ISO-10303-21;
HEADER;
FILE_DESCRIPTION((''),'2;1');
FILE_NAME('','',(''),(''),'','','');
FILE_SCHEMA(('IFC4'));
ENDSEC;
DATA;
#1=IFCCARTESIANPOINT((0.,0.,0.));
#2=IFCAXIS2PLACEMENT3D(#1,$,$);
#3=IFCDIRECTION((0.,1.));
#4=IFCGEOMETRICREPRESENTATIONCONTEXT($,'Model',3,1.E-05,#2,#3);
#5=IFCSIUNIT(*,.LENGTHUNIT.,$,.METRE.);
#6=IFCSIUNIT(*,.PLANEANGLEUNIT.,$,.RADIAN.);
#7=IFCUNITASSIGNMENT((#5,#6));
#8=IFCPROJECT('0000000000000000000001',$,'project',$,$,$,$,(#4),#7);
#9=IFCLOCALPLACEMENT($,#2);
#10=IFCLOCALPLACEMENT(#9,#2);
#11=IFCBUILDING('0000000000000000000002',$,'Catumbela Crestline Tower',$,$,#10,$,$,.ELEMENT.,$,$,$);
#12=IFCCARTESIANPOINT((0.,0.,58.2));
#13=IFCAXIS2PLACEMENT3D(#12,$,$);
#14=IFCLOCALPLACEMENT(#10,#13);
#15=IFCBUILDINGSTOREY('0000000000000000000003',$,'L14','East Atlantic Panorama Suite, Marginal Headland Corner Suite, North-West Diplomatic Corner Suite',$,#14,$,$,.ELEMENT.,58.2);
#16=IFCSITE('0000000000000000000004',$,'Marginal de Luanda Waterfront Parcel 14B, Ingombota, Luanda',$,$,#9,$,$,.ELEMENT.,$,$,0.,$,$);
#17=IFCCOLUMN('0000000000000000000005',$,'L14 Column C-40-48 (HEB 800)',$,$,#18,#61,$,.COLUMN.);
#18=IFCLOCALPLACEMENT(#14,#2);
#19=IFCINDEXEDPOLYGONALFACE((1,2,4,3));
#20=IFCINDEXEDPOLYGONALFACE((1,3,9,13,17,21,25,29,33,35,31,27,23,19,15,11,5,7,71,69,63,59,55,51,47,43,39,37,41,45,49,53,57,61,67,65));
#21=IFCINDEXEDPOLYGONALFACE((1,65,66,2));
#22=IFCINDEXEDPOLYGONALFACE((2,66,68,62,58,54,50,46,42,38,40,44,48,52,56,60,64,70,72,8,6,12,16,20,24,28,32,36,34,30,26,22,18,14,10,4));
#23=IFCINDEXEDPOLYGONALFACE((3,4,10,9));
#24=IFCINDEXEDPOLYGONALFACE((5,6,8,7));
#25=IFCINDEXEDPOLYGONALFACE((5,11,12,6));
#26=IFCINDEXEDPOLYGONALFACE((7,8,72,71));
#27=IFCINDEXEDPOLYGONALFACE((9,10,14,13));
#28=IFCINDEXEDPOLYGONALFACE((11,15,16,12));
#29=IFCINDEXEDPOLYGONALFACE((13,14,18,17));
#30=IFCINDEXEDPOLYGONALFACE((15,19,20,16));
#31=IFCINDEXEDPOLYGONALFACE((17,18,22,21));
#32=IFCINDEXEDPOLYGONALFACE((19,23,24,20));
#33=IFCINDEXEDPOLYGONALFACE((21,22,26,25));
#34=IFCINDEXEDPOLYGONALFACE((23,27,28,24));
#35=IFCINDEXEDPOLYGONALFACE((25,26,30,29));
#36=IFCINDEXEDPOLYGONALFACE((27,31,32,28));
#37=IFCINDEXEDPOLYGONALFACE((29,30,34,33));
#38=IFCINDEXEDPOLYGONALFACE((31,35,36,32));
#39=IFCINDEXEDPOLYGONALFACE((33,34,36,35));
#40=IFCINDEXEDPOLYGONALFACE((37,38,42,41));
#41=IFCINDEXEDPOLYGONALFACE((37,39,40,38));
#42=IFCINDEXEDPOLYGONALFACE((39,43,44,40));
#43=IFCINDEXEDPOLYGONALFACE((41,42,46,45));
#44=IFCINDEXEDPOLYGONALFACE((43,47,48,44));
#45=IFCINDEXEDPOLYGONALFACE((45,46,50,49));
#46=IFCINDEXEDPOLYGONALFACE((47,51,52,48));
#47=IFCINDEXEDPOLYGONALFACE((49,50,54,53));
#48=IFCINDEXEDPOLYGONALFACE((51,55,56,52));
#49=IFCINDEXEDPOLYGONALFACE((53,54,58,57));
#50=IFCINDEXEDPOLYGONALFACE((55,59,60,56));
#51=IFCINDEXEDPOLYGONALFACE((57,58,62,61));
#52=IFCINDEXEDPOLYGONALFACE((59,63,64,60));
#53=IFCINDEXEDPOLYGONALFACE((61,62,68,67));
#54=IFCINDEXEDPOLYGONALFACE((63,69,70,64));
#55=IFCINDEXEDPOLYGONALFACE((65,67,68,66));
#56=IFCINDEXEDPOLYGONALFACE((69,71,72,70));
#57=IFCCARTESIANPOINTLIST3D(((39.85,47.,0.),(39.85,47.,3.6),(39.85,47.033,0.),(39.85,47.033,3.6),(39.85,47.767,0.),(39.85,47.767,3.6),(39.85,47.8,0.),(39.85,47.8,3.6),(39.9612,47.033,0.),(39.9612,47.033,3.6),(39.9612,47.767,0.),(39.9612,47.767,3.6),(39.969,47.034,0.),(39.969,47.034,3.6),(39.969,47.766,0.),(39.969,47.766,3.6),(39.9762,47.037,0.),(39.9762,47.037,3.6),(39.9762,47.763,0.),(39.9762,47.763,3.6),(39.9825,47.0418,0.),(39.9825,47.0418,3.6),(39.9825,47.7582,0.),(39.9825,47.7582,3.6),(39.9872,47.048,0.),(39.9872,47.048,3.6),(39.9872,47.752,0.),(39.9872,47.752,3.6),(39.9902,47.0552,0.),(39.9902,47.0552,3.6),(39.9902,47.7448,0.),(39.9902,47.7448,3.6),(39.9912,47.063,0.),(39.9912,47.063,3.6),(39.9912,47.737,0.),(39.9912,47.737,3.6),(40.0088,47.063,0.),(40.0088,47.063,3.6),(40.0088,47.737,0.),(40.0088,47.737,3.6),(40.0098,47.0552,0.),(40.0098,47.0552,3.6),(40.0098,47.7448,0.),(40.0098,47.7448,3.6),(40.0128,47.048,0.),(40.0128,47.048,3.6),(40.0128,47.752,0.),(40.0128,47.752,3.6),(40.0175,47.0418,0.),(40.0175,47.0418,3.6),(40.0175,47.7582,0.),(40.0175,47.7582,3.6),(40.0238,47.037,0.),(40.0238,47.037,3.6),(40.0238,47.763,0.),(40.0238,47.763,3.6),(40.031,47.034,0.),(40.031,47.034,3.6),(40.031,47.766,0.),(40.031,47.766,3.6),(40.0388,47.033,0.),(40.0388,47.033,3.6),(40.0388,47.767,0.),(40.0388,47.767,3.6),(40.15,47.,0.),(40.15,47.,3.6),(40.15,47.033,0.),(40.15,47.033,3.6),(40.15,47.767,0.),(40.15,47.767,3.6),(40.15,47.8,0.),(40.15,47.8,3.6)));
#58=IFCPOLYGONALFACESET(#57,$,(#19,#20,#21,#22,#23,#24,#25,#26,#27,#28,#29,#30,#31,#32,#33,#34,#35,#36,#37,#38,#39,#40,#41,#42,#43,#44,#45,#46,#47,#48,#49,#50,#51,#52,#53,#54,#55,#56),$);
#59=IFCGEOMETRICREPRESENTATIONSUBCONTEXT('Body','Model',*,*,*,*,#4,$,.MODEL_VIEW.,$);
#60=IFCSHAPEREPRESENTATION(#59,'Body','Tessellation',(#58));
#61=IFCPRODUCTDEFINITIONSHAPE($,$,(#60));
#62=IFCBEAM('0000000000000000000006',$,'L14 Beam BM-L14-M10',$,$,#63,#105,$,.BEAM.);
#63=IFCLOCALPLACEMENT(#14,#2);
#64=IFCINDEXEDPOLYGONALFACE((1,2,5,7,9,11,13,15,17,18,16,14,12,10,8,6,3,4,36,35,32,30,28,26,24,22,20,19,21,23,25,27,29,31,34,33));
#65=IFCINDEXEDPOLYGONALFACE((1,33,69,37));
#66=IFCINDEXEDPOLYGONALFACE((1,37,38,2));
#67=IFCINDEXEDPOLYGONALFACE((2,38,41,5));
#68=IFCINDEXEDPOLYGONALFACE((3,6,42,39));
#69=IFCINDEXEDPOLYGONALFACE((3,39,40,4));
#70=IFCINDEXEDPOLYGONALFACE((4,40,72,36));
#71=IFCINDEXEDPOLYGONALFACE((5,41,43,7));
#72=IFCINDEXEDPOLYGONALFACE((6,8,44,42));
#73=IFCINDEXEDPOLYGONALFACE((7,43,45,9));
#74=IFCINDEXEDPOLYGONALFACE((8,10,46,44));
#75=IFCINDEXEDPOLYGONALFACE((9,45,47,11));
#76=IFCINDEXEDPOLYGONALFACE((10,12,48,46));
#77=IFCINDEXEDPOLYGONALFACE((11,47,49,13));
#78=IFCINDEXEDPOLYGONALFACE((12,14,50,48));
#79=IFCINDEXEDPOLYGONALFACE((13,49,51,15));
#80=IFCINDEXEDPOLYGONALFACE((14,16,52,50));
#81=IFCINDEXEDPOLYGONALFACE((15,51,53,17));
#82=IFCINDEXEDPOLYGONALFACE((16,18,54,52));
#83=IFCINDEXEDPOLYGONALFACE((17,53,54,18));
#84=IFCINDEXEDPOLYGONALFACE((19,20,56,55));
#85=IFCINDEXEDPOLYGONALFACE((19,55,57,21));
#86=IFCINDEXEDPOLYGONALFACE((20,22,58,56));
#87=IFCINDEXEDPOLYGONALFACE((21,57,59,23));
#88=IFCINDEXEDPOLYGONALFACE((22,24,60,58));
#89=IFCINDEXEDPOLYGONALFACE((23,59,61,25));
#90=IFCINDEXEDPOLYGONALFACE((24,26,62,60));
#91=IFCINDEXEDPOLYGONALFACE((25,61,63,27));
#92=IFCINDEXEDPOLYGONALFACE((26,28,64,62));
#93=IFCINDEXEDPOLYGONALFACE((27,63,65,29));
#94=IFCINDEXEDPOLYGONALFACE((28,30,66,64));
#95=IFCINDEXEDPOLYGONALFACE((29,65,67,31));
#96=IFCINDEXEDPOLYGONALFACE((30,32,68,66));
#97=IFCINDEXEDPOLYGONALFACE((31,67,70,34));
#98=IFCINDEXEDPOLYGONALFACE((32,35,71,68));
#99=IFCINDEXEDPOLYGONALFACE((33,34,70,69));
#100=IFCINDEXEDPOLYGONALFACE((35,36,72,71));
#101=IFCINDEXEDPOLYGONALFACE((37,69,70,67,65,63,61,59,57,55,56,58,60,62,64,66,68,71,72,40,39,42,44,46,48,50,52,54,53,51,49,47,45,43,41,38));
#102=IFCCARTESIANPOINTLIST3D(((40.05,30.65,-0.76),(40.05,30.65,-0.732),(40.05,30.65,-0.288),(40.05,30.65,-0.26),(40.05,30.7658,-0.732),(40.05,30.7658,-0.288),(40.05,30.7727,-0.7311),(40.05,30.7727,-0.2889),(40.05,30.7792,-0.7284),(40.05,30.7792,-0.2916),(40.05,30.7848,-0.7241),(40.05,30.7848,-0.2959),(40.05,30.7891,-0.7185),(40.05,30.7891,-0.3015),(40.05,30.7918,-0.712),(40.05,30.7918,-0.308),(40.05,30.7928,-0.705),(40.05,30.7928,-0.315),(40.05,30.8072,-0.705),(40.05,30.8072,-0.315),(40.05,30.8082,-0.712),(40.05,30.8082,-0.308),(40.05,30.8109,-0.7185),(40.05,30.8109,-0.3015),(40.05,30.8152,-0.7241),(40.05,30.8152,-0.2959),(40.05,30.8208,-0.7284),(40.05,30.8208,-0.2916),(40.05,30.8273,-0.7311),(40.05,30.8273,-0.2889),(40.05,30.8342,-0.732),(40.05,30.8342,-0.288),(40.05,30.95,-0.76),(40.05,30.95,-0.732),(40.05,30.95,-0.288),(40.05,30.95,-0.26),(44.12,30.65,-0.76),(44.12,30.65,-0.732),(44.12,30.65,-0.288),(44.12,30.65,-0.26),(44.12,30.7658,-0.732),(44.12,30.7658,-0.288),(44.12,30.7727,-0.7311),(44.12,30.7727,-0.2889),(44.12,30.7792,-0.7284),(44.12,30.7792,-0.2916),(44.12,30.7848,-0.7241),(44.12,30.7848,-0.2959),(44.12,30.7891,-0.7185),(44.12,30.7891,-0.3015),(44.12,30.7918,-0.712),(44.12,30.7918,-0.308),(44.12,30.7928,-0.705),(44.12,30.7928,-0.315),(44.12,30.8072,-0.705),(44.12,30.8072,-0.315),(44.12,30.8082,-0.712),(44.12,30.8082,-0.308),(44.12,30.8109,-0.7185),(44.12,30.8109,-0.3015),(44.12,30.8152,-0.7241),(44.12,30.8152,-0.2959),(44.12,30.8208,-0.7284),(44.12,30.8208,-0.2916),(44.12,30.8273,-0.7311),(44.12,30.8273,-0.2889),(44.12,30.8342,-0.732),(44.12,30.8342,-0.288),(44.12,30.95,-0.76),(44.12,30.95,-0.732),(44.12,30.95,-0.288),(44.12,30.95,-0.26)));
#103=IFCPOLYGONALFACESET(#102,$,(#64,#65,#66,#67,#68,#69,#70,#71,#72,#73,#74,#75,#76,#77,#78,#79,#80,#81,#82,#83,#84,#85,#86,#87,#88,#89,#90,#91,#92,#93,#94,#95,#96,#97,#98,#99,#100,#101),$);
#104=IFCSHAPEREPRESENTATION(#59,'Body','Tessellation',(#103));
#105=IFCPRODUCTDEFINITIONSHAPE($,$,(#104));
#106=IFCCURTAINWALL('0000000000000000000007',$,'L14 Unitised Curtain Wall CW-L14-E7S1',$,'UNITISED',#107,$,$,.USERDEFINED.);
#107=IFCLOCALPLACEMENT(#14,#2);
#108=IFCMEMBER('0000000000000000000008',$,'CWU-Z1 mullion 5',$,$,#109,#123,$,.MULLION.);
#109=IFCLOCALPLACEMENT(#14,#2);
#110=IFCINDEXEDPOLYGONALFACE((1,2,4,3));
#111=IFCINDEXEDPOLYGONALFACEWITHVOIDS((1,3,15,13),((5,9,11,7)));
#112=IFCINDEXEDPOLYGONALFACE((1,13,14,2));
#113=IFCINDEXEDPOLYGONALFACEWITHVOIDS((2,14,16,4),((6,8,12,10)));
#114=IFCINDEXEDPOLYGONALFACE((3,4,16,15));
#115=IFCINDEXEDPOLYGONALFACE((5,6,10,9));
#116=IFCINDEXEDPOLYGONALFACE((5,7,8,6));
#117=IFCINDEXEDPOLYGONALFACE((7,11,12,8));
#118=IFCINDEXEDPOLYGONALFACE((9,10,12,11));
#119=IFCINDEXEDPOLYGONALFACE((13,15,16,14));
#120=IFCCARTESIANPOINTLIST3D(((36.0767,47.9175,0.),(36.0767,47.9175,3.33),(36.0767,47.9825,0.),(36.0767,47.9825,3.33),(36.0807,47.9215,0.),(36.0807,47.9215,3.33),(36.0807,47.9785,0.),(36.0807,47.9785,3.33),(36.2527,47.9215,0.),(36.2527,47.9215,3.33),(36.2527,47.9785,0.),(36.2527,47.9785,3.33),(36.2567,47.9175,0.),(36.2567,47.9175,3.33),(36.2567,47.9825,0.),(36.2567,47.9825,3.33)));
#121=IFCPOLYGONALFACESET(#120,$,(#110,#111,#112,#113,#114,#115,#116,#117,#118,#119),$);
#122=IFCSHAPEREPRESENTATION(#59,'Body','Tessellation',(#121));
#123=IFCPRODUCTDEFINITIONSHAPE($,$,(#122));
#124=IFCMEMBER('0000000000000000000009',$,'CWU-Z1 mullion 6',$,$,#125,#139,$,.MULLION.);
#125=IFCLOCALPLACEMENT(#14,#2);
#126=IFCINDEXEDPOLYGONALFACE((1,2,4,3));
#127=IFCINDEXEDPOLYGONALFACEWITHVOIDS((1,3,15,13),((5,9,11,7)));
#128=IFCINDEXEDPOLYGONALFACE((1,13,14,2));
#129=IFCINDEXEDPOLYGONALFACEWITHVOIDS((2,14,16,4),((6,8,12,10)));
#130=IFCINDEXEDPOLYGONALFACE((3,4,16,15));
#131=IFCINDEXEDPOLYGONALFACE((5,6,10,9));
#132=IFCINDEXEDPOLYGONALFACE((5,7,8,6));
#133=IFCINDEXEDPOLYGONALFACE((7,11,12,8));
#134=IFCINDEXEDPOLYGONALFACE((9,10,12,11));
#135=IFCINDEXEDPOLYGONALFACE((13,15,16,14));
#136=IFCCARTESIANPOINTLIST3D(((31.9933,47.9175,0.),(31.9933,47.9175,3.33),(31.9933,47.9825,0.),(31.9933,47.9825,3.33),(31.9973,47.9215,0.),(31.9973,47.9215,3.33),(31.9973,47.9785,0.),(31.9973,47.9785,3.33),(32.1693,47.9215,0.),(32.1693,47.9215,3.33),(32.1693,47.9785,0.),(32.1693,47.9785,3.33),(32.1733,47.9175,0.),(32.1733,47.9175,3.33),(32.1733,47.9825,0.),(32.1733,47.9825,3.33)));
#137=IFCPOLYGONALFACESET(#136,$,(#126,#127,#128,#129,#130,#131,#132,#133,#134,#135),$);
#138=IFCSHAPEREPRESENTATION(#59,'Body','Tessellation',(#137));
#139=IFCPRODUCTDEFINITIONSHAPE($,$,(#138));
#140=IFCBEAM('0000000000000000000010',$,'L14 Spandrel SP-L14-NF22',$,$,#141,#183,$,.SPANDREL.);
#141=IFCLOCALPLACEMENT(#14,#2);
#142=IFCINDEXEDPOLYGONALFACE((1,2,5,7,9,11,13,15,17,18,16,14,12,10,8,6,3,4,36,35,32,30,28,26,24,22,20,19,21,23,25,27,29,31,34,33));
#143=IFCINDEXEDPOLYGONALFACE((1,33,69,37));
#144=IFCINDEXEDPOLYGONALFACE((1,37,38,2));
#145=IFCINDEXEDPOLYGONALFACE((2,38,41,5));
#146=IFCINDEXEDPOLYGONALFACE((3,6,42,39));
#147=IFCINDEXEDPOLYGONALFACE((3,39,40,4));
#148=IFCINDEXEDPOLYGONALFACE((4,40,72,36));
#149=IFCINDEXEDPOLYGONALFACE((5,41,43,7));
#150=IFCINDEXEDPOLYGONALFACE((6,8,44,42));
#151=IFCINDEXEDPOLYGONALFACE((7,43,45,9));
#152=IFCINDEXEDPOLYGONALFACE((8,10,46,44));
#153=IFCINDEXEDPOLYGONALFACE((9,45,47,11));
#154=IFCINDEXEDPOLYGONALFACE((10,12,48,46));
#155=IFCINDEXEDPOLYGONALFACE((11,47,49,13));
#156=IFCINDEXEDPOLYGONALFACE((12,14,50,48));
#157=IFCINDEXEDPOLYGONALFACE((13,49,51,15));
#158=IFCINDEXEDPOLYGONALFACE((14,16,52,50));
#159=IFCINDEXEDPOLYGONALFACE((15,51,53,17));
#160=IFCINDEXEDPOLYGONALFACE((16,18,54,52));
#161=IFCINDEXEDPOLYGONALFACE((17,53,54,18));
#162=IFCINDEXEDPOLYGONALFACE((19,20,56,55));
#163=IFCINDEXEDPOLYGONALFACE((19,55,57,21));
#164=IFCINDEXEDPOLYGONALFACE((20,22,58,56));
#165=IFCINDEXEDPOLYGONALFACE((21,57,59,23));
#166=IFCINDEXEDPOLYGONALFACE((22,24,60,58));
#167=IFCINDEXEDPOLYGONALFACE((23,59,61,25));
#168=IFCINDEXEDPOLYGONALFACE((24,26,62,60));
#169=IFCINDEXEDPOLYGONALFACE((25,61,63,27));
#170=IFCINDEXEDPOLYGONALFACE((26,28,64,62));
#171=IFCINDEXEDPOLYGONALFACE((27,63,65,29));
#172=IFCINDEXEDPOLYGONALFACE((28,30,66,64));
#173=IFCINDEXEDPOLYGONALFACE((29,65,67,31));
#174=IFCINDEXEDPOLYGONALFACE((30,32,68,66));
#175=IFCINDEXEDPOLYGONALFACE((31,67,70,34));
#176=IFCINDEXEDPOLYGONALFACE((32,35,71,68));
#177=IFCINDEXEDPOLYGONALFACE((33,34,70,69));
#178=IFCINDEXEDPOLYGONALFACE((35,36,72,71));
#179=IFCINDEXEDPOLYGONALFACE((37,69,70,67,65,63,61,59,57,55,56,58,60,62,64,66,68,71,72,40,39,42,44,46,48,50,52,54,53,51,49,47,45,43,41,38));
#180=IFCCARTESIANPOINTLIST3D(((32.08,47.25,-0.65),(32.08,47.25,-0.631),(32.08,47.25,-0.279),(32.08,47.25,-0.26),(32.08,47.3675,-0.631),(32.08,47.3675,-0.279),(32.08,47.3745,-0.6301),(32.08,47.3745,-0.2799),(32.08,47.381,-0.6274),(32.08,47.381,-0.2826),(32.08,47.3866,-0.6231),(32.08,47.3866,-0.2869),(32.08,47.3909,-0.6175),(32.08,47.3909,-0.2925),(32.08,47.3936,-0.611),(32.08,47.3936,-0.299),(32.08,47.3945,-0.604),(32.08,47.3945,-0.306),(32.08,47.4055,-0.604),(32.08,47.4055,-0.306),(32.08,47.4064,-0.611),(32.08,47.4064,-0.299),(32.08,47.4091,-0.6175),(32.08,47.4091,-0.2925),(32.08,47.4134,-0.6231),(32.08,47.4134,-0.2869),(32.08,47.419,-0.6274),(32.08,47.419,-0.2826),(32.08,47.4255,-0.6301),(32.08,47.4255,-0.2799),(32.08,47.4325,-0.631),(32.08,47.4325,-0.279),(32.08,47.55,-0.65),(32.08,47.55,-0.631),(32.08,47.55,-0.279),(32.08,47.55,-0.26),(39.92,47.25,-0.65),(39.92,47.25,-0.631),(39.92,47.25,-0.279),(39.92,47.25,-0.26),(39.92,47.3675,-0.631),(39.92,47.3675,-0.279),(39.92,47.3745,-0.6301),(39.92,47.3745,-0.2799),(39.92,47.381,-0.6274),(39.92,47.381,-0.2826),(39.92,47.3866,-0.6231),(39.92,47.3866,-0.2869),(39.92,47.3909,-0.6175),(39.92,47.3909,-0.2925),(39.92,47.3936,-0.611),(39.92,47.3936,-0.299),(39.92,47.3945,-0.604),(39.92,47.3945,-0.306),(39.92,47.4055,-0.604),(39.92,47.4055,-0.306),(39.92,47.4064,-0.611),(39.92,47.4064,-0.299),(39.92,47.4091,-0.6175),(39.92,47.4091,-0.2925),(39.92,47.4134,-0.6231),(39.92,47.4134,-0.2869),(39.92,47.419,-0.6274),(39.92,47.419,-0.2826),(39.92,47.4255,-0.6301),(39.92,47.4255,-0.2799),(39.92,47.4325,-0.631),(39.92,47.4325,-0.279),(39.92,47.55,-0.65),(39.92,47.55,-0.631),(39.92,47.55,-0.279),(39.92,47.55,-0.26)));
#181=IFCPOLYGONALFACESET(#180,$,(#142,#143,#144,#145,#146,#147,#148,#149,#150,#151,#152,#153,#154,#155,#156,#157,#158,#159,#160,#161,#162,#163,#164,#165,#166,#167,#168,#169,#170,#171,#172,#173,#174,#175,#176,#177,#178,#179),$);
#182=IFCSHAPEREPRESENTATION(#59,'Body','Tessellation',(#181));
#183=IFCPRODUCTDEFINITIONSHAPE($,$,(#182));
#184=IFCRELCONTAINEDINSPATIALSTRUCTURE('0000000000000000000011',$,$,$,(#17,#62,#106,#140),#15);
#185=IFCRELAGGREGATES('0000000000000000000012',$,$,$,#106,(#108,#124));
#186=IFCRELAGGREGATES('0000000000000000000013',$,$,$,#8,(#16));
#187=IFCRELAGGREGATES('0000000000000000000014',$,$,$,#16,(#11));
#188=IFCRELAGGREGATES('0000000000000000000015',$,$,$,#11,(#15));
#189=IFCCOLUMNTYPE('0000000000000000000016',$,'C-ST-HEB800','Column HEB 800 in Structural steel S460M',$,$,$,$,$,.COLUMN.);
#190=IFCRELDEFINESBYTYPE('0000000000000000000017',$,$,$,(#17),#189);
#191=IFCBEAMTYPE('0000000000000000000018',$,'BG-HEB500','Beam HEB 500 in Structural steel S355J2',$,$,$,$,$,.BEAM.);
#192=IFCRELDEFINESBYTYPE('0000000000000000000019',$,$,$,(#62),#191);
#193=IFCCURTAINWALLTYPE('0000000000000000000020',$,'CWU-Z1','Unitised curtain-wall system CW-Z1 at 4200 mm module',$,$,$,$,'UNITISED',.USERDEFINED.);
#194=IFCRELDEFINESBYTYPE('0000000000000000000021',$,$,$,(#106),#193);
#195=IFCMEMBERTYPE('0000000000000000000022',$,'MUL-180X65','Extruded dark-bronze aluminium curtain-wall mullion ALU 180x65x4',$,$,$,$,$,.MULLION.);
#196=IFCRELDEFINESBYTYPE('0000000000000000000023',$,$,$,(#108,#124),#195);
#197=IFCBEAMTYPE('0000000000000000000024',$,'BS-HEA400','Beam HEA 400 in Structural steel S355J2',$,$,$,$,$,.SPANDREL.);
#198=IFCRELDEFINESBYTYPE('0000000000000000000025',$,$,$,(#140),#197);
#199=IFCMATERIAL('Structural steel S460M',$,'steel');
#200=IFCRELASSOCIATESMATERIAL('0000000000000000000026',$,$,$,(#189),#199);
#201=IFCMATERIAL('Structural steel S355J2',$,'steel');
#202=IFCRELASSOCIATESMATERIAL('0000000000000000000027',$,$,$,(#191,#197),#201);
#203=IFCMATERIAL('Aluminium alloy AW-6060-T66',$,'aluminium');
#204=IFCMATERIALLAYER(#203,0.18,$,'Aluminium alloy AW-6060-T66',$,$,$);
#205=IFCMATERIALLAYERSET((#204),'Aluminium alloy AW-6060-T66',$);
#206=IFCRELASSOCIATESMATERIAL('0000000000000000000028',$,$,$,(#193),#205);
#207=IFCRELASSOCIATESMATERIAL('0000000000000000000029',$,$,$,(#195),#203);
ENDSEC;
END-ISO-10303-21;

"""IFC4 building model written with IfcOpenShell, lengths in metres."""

from ifc_helpers import new_model, si_unit, direction, frame, origin, origin_2d, place, context, subcontext, project, spatial, hollow_rectangle, i_section, extrude, material, layer, layer_set, material_profile, profile_set, type_object, element, aggregate, save


model = new_model("IFC4")

# Units and contexts
model_context = context("Model", 3, precision=1e-05, world=origin(), true_north=direction((0.0, 1.0)))
body_context = subcontext(model_context, "Body", "Model", "MODEL_VIEW")
ifc_project = project(units=[si_unit("LENGTHUNIT", "METRE"), si_unit("PLANEANGLEUNIT", "RADIAN")], contexts=[model_context])

# Site, building, storey
site_placement = place(None, origin())
site = spatial("IfcSite", under=ifc_project, at=site_placement, Name="Marginal de Luanda Waterfront Parcel 14B, Ingombota, Luanda", CompositionType="ELEMENT", RefElevation=0.0)
building_placement = place(site_placement, origin())
building = spatial("IfcBuilding", under=site, at=building_placement, Name="Catumbela Crestline Tower", CompositionType="ELEMENT")
storey_placement = place(building_placement, frame((0.0, 0.0, 58.2)))
storey = spatial("IfcBuildingStorey", under=building, at=storey_placement, Name="L14", Description="East Atlantic Panorama Suite, Marginal Headland Corner Suite, North-West Diplomatic Corner Suite", CompositionType="ELEMENT", Elevation=58.2)

# Column
ifc_material_1 = material(Name="Structural steel S460M", Category="steel")
ifc_material_profile_1 = material_profile(ifc_material_1, i_section(OverallWidth=0.3, OverallDepth=0.8, WebThickness=0.0175, FlangeThickness=0.033, FilletRadius=0.03, at=origin_2d()), Name="HEB 800")
ifc_profile_set_1 = profile_set([ifc_material_profile_1], Name="Structural steel S460M")
column_type = type_object("IfcColumnType", Name="C-ST-HEB800", Description="Column HEB 800 in Structural steel S460M", PredefinedType="COLUMN", material=ifc_profile_set_1)
column_placement = place(storey_placement, frame((40.0, 47.4, 0.0), z_axis=(0.0, 0.0, 1.0), x_axis=(1.0, 0.0, 0.0)))
element("IfcColumn", 1, at=column_placement, inside=storey, type_object=column_type, Name="L14 Column C-40-48 (HEB 800)", PredefinedType="COLUMN", context=body_context, shape_type="SweptSolid", body=[
    extrude(i_section(OverallWidth=0.3, OverallDepth=0.8, WebThickness=0.0175, FlangeThickness=0.033, FilletRadius=0.03, at=origin_2d()), origin(), (0.0, 0.0, 1.0), 3.6),
])

# Beam
ifc_material_2 = material(Name="Structural steel S355J2", Category="steel")
ifc_material_profile_2 = material_profile(ifc_material_2, i_section(OverallWidth=0.3, OverallDepth=0.5, WebThickness=0.0145, FlangeThickness=0.028, FilletRadius=0.027, at=origin_2d()), Name="HEB 500")
ifc_profile_set_2 = profile_set([ifc_material_profile_2], Name="Structural steel S355J2")
beam_type_1 = type_object("IfcBeamType", Name="BG-HEB500", Description="Beam HEB 500 in Structural steel S355J2", PredefinedType="BEAM", material=ifc_profile_set_2)
beam_1_placement = place(storey_placement, frame((40.05, 30.8, -0.51), z_axis=(1.0, 0.0, 0.0), x_axis=(0.0, 1.0, 0.0)))
element("IfcBeam", 2, at=beam_1_placement, inside=storey, type_object=beam_type_1, Name="L14 Beam BM-L14-M10", PredefinedType="BEAM", context=body_context, shape_type="SweptSolid", body=[
    extrude(i_section(OverallWidth=0.3, OverallDepth=0.5, WebThickness=0.0145, FlangeThickness=0.028, FilletRadius=0.027, at=origin_2d()), origin(), (0.0, 0.0, 1.0), 4.07),
])

# Curtain wall, members
ifc_material_3 = material(Name="Aluminium alloy AW-6060-T66", Category="aluminium")
ifc_layer_1 = layer(ifc_material_3, 0.18, Name="Aluminium alloy AW-6060-T66")
ifc_layer_set_1 = layer_set([ifc_layer_1], Name="Aluminium alloy AW-6060-T66")
curtain_wall_type = type_object("IfcCurtainWallType", Name="CWU-Z1", Description="Unitised curtain-wall system CW-Z1 at 4200 mm module", ElementType="UNITISED", PredefinedType="USERDEFINED", material=ifc_layer_set_1)
curtain_wall_placement = place(storey_placement, origin())
curtain_wall = element("IfcCurtainWall", 3, at=curtain_wall_placement, inside=storey, type_object=curtain_wall_type, Name="L14 Unitised Curtain Wall CW-L14-E7S1", ObjectType="UNITISED", PredefinedType="USERDEFINED")
ifc_material_profile_3 = material_profile(ifc_material_3, hollow_rectangle(XDim=0.065, YDim=0.18, WallThickness=0.004, at=origin_2d()), Name="ALU 180x65x4")
ifc_profile_set_3 = profile_set([ifc_material_profile_3], Name="Aluminium alloy AW-6060-T66")
member_type_1 = type_object("IfcMemberType", Name="MUL-180X65", Description="Extruded dark-bronze aluminium curtain-wall mullion ALU 180x65x4", PredefinedType="MULLION", material=ifc_profile_set_3)
member_1_placement = place(storey_placement, frame((36.1667, 47.95, 0.0), z_axis=(0.0, 0.0, 1.0), x_axis=(0.0, -1.0, 0.0)))
member_1 = element("IfcMember", 4, at=member_1_placement, type_object=member_type_1, Name="CWU-Z1 mullion 5", PredefinedType="MULLION", context=body_context, shape_type="SweptSolid", body=[
    extrude(hollow_rectangle(XDim=0.065, YDim=0.18, WallThickness=0.004, at=origin_2d()), origin(), (0.0, 0.0, 1.0), 3.33),
])
member_2_placement = place(storey_placement, frame((32.0833, 47.95, 0.0), z_axis=(0.0, 0.0, 1.0), x_axis=(0.0, -1.0, 0.0)))
member_2 = element("IfcMember", 5, at=member_2_placement, type_object=member_type_1, Name="CWU-Z1 mullion 6", PredefinedType="MULLION", context=body_context, shape_type="SweptSolid", body=[
    extrude(hollow_rectangle(XDim=0.065, YDim=0.18, WallThickness=0.004, at=origin_2d()), origin(), (0.0, 0.0, 1.0), 3.33),
])

# Beam
ifc_material_profile_4 = material_profile(ifc_material_2, i_section(OverallWidth=0.3, OverallDepth=0.39, WebThickness=0.011, FlangeThickness=0.019, FilletRadius=0.027, at=origin_2d()), Name="HEA 400")
ifc_profile_set_4 = profile_set([ifc_material_profile_4], Name="Structural steel S355J2")
beam_type_2 = type_object("IfcBeamType", Name="BS-HEA400", Description="Beam HEA 400 in Structural steel S355J2", PredefinedType="SPANDREL", material=ifc_profile_set_4)
beam_2_placement = place(storey_placement, frame((32.08, 47.4, -0.455), z_axis=(1.0, 0.0, 0.0), x_axis=(0.0, 1.0, 0.0)))
element("IfcBeam", 6, at=beam_2_placement, inside=storey, type_object=beam_type_2, Name="L14 Spandrel SP-L14-NF22", PredefinedType="SPANDREL", context=body_context, shape_type="SweptSolid", body=[
    extrude(i_section(OverallWidth=0.3, OverallDepth=0.39, WebThickness=0.011, FlangeThickness=0.019, FilletRadius=0.027, at=origin_2d()), origin(), (0.0, 0.0, 1.0), 7.84),
])

aggregate(curtain_wall, [member_1, member_2])

save(model, "model.ifc")
